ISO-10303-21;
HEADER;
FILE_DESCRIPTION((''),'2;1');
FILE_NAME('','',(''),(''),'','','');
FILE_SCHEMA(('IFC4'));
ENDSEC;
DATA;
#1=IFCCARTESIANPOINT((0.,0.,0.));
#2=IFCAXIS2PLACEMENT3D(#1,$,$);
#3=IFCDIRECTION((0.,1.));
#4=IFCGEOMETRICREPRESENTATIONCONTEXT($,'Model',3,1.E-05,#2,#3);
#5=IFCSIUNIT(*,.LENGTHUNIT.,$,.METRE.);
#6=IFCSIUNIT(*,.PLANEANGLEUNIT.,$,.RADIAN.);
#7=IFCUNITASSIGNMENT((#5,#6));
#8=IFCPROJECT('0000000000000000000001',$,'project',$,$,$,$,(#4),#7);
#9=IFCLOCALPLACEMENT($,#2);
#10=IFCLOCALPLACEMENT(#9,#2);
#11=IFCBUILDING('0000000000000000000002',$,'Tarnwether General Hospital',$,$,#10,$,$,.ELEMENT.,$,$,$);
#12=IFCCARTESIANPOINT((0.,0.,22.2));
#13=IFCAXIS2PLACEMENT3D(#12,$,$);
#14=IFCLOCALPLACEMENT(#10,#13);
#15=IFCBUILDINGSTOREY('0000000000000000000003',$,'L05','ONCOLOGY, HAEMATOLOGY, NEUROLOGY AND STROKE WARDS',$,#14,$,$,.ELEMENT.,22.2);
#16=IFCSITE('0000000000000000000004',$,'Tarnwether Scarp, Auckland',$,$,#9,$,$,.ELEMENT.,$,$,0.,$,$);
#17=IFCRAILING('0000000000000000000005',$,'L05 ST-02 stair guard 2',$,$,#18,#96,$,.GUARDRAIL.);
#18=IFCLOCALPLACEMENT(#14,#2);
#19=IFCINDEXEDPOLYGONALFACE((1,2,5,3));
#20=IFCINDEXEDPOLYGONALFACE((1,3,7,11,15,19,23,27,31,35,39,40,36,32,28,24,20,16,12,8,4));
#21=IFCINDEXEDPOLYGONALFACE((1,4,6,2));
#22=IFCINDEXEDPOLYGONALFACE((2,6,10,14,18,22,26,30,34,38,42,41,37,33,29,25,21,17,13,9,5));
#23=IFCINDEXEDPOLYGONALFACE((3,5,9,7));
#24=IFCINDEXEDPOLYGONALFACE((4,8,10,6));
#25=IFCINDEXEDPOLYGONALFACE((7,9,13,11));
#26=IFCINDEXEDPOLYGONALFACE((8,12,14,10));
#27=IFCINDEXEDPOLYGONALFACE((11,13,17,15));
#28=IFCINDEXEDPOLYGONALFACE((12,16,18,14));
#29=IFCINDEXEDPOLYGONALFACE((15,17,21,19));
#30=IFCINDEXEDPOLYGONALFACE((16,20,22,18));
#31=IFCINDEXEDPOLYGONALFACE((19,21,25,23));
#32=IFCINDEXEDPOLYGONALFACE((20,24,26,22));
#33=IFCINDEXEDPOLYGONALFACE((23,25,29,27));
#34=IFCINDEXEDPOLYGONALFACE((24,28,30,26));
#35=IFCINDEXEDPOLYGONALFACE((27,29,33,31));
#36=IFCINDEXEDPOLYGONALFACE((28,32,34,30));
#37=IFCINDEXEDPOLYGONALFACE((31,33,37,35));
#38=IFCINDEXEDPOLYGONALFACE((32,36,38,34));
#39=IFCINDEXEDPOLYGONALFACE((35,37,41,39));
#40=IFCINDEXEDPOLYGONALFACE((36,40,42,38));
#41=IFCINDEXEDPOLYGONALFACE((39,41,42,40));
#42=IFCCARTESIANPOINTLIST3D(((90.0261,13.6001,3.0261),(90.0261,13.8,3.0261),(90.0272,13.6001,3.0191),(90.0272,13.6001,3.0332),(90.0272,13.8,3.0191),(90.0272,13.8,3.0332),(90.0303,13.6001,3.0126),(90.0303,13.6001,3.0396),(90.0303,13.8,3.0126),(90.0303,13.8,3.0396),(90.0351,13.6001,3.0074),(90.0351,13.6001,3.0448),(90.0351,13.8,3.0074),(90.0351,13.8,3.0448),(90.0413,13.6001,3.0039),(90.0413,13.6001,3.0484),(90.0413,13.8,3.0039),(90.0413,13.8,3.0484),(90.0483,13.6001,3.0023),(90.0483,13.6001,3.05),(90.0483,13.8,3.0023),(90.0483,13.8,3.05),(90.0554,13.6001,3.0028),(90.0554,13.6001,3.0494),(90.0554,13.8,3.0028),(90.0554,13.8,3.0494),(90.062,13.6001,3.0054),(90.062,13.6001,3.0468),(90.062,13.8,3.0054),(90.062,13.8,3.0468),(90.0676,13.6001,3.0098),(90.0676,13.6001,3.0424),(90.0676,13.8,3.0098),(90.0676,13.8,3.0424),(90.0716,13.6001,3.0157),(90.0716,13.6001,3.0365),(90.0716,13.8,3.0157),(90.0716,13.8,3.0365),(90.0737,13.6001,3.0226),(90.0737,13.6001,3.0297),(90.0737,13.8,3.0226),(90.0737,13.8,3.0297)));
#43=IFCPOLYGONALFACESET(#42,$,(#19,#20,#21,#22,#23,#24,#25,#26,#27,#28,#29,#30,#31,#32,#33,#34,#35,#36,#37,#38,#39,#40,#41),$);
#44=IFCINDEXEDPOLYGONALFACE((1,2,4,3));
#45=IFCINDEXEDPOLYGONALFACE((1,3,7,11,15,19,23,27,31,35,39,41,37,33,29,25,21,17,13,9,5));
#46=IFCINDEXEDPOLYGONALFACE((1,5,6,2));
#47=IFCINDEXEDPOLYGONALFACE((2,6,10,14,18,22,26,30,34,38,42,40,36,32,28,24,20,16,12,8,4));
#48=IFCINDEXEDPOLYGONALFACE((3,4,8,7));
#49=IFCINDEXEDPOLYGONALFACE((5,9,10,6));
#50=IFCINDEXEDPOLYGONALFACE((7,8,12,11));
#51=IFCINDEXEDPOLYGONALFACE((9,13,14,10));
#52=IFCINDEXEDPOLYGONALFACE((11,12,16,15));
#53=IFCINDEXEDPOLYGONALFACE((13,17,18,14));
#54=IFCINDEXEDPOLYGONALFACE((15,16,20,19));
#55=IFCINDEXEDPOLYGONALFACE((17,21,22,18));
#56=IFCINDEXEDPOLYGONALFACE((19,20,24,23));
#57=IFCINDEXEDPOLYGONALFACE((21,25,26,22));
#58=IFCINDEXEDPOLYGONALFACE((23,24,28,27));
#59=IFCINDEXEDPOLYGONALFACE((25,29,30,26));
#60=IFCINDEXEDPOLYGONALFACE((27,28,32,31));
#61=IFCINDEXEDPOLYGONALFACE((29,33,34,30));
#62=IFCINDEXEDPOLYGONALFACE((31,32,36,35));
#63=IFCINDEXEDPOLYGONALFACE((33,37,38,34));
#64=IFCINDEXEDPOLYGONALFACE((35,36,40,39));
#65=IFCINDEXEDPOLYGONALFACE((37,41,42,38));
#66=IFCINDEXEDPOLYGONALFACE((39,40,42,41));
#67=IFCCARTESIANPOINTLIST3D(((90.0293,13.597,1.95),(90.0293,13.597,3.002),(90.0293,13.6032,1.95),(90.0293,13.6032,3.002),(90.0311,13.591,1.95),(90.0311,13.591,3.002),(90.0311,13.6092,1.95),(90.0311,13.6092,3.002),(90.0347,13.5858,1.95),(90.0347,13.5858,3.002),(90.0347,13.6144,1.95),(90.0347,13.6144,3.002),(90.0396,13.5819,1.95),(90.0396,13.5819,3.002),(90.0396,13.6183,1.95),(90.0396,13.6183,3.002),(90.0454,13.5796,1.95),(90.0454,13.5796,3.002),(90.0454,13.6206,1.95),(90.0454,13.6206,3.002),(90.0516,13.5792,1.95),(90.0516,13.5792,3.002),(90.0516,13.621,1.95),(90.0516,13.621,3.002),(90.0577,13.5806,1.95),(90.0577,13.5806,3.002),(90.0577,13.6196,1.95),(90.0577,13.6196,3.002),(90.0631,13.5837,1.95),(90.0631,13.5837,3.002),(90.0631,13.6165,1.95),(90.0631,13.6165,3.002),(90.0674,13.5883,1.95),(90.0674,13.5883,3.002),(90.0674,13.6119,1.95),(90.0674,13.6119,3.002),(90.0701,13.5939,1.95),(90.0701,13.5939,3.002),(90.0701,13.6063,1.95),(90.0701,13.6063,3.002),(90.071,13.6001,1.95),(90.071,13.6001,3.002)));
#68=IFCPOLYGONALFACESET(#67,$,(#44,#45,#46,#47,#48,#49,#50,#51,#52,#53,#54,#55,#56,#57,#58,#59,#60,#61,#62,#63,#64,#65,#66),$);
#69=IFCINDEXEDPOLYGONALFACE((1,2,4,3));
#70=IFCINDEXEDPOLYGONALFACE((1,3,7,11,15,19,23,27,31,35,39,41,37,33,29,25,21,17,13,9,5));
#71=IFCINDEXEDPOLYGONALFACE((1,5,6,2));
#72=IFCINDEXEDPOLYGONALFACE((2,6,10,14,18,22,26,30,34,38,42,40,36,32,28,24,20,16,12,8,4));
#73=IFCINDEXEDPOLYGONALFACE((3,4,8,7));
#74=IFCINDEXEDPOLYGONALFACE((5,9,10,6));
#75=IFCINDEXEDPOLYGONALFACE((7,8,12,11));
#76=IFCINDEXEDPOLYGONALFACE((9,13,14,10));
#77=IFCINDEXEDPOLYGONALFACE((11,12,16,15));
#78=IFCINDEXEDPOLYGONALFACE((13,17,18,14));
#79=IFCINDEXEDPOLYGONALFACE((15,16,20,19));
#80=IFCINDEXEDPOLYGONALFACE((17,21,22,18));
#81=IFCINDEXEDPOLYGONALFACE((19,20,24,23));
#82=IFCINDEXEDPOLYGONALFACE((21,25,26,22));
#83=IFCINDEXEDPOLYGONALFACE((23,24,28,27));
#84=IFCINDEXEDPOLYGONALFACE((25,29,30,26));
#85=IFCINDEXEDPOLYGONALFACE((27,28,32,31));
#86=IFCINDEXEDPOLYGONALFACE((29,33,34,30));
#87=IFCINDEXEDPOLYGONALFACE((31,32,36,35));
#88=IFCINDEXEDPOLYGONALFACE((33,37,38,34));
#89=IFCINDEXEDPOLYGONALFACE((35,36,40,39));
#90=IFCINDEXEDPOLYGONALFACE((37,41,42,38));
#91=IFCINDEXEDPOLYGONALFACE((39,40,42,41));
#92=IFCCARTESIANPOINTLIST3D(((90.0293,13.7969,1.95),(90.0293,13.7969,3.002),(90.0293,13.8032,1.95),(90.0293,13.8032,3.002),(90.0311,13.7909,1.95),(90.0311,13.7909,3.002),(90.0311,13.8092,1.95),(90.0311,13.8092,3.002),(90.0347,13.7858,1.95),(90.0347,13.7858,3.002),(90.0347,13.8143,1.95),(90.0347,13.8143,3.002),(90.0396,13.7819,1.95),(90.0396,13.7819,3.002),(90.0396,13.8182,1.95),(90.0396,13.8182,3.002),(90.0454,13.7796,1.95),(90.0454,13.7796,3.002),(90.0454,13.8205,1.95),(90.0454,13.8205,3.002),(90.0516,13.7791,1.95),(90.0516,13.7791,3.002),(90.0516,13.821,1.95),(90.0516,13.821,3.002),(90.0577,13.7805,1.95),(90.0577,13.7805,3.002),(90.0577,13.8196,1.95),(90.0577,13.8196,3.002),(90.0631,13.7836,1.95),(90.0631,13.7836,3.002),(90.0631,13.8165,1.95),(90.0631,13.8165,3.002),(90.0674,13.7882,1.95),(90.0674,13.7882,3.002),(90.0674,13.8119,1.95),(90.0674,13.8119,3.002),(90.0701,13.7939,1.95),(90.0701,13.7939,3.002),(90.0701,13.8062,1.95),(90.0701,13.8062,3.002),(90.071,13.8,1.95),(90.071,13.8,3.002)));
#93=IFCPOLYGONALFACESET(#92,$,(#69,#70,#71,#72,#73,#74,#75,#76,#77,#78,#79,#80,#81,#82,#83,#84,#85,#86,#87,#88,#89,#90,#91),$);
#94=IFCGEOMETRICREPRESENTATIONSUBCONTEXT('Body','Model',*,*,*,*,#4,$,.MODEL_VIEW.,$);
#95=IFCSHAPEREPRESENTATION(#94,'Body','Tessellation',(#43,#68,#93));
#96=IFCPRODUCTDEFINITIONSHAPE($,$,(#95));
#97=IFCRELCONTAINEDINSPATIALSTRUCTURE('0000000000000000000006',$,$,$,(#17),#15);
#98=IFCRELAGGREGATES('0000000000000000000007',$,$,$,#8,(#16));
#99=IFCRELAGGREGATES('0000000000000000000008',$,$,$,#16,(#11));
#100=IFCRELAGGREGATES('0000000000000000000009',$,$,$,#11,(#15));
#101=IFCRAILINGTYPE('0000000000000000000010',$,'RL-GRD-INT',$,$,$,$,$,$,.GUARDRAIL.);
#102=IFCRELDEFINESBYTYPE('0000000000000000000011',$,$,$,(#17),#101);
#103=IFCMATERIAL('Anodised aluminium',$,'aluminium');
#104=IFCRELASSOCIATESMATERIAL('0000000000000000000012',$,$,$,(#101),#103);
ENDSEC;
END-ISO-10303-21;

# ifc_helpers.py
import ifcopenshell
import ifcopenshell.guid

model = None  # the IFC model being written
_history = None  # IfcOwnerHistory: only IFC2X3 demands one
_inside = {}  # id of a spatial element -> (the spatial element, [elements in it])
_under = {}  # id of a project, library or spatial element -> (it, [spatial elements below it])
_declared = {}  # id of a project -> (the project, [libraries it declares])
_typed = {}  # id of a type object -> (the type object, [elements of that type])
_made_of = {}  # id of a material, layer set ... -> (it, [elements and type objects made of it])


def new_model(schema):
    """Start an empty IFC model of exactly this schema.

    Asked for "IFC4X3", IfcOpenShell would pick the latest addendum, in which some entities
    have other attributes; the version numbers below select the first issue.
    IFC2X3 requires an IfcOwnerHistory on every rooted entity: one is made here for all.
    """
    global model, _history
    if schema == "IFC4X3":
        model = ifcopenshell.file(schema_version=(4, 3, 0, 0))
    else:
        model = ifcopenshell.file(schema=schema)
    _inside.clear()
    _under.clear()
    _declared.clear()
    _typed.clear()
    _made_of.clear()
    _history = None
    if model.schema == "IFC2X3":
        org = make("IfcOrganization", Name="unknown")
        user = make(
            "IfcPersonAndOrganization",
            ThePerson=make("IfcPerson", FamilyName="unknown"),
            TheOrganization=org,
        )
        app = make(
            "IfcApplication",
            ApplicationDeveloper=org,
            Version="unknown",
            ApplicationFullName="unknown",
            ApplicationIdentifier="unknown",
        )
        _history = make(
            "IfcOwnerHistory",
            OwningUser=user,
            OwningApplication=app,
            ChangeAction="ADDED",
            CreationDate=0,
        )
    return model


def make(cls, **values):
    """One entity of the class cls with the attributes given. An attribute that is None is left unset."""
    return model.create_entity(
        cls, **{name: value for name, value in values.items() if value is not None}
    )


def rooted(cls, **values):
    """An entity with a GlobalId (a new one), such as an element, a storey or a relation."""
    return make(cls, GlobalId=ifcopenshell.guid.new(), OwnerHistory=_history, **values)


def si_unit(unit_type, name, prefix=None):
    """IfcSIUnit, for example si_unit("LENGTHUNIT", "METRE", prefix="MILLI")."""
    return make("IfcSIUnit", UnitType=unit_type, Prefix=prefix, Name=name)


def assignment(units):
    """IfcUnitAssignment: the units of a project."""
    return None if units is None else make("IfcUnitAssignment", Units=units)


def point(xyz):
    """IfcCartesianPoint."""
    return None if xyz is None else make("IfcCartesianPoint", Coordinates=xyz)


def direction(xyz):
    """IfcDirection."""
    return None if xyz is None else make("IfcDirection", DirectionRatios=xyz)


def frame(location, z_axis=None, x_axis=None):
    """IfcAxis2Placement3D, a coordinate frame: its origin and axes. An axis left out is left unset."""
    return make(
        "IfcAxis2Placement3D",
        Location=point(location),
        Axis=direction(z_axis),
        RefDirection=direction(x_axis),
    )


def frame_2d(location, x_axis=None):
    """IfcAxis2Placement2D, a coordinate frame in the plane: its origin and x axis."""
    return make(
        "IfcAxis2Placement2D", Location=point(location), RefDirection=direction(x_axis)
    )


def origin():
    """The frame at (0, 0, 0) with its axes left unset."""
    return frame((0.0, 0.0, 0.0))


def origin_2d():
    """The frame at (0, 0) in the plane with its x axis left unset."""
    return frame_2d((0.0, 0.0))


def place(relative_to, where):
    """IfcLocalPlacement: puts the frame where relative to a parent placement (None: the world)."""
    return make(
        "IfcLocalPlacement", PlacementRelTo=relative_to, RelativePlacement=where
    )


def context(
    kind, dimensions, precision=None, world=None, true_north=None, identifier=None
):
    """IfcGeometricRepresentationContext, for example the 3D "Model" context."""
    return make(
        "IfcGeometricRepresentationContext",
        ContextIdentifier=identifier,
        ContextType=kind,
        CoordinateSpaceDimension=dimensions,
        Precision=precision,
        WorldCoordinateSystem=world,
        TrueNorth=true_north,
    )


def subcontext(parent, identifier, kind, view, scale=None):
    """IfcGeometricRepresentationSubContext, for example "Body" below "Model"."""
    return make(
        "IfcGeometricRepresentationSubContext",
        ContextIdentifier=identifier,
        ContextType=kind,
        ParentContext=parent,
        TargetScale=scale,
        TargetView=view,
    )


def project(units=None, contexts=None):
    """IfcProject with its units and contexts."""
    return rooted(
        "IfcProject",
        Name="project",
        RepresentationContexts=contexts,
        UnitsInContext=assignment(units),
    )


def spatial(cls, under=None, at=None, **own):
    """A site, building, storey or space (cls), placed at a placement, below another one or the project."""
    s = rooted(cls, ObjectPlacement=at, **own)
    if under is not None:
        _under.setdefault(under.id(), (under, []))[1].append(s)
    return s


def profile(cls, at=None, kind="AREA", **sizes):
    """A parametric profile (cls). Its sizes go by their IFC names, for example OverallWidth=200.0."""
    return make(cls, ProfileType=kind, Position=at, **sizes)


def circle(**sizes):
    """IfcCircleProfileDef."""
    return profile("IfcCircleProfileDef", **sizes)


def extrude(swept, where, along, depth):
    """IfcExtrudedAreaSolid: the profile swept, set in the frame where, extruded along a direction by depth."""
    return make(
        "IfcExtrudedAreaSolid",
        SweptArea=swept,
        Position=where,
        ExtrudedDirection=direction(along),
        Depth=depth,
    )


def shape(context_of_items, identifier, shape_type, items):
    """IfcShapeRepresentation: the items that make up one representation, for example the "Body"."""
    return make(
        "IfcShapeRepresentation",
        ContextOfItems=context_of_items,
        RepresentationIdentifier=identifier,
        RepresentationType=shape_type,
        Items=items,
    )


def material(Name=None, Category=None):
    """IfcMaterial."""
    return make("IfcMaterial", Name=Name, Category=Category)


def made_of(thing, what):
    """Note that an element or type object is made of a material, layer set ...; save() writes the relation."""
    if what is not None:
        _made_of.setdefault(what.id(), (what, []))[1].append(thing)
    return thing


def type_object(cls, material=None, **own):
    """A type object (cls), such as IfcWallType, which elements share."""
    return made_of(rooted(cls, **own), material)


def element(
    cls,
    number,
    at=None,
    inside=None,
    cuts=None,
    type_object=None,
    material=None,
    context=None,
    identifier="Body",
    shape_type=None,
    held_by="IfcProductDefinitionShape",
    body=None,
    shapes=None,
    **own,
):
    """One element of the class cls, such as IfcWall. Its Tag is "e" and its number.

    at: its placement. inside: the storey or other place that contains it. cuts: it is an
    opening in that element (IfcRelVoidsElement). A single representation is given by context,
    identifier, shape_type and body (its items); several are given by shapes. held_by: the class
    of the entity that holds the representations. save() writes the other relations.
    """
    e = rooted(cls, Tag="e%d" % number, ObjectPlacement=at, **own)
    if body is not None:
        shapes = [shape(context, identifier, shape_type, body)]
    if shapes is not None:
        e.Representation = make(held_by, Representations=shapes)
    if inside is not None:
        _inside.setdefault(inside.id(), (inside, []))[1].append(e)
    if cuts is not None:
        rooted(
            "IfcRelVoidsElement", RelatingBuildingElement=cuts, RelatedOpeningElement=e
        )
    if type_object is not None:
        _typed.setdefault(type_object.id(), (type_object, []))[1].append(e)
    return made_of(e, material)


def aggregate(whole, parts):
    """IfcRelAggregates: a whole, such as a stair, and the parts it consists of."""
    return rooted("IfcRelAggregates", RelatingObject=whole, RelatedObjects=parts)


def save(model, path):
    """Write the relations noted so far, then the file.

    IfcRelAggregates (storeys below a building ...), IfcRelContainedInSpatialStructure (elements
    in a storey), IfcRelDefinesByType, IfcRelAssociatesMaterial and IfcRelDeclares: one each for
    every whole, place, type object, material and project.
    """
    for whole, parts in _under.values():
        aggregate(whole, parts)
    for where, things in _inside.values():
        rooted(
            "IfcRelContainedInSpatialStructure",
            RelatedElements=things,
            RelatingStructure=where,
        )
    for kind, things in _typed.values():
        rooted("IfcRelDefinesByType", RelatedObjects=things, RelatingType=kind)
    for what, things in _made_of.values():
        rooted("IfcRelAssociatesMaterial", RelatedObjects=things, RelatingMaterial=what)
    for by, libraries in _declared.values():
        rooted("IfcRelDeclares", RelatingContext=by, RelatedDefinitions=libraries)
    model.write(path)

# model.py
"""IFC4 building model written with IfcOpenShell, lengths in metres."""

from ifc_helpers import new_model, si_unit, direction, frame, origin, origin_2d, place, context, subcontext, project, spatial, circle, extrude, material, type_object, element, save


model = new_model("IFC4")

# Units and contexts
model_context = context("Model", 3, precision=1e-05, world=origin(), true_north=direction((0.0, 1.0)))
body_context = subcontext(model_context, "Body", "Model", "MODEL_VIEW")
ifc_project = project(units=[si_unit("LENGTHUNIT", "METRE"), si_unit("PLANEANGLEUNIT", "RADIAN")], contexts=[model_context])

# Site, building, storey
site_placement = place(None, origin())
site = spatial("IfcSite", under=ifc_project, at=site_placement, Name="Tarnwether Scarp, Auckland", CompositionType="ELEMENT", RefElevation=0.0)
building_placement = place(site_placement, origin())
building = spatial("IfcBuilding", under=site, at=building_placement, Name="Tarnwether General Hospital", CompositionType="ELEMENT")
storey_placement = place(building_placement, frame((0.0, 0.0, 22.2)))
storey = spatial("IfcBuildingStorey", under=building, at=storey_placement, Name="L05", Description="ONCOLOGY, HAEMATOLOGY, NEUROLOGY AND STROKE WARDS", CompositionType="ELEMENT", Elevation=22.2)

# Railing
ifc_material_1 = material(Name="Anodised aluminium", Category="aluminium")
railing_type_1 = type_object("IfcRailingType", Name="RL-GRD-INT", PredefinedType="GUARDRAIL", material=ifc_material_1)
railing_1_placement = place(storey_placement, frame((90.05, 13.6001, 1.95)))
element("IfcRailing", 1, at=railing_1_placement, inside=storey, type_object=railing_type_1, Name="L05 ST-02 stair guard 2", PredefinedType="GUARDRAIL", context=body_context, shape_type="SweptSolid", body=[
    extrude(circle(Radius=0.0239, at=origin_2d()), frame((0.0, 0.0, 1.0762), z_axis=(0.0, 1.0, 0.0), x_axis=(-1.0, 0.0, 0.0)), (0.0, 0.0, 1.0), 0.2),
    extrude(circle(Radius=0.021, at=origin_2d()), origin(), (0.0, 0.0, 1.0), 1.052),
    extrude(circle(Radius=0.021, at=origin_2d()), frame((0.0, 0.2, 0.0)), (0.0, 0.0, 1.0), 1.052),
])

save(model, "model.ifc")
